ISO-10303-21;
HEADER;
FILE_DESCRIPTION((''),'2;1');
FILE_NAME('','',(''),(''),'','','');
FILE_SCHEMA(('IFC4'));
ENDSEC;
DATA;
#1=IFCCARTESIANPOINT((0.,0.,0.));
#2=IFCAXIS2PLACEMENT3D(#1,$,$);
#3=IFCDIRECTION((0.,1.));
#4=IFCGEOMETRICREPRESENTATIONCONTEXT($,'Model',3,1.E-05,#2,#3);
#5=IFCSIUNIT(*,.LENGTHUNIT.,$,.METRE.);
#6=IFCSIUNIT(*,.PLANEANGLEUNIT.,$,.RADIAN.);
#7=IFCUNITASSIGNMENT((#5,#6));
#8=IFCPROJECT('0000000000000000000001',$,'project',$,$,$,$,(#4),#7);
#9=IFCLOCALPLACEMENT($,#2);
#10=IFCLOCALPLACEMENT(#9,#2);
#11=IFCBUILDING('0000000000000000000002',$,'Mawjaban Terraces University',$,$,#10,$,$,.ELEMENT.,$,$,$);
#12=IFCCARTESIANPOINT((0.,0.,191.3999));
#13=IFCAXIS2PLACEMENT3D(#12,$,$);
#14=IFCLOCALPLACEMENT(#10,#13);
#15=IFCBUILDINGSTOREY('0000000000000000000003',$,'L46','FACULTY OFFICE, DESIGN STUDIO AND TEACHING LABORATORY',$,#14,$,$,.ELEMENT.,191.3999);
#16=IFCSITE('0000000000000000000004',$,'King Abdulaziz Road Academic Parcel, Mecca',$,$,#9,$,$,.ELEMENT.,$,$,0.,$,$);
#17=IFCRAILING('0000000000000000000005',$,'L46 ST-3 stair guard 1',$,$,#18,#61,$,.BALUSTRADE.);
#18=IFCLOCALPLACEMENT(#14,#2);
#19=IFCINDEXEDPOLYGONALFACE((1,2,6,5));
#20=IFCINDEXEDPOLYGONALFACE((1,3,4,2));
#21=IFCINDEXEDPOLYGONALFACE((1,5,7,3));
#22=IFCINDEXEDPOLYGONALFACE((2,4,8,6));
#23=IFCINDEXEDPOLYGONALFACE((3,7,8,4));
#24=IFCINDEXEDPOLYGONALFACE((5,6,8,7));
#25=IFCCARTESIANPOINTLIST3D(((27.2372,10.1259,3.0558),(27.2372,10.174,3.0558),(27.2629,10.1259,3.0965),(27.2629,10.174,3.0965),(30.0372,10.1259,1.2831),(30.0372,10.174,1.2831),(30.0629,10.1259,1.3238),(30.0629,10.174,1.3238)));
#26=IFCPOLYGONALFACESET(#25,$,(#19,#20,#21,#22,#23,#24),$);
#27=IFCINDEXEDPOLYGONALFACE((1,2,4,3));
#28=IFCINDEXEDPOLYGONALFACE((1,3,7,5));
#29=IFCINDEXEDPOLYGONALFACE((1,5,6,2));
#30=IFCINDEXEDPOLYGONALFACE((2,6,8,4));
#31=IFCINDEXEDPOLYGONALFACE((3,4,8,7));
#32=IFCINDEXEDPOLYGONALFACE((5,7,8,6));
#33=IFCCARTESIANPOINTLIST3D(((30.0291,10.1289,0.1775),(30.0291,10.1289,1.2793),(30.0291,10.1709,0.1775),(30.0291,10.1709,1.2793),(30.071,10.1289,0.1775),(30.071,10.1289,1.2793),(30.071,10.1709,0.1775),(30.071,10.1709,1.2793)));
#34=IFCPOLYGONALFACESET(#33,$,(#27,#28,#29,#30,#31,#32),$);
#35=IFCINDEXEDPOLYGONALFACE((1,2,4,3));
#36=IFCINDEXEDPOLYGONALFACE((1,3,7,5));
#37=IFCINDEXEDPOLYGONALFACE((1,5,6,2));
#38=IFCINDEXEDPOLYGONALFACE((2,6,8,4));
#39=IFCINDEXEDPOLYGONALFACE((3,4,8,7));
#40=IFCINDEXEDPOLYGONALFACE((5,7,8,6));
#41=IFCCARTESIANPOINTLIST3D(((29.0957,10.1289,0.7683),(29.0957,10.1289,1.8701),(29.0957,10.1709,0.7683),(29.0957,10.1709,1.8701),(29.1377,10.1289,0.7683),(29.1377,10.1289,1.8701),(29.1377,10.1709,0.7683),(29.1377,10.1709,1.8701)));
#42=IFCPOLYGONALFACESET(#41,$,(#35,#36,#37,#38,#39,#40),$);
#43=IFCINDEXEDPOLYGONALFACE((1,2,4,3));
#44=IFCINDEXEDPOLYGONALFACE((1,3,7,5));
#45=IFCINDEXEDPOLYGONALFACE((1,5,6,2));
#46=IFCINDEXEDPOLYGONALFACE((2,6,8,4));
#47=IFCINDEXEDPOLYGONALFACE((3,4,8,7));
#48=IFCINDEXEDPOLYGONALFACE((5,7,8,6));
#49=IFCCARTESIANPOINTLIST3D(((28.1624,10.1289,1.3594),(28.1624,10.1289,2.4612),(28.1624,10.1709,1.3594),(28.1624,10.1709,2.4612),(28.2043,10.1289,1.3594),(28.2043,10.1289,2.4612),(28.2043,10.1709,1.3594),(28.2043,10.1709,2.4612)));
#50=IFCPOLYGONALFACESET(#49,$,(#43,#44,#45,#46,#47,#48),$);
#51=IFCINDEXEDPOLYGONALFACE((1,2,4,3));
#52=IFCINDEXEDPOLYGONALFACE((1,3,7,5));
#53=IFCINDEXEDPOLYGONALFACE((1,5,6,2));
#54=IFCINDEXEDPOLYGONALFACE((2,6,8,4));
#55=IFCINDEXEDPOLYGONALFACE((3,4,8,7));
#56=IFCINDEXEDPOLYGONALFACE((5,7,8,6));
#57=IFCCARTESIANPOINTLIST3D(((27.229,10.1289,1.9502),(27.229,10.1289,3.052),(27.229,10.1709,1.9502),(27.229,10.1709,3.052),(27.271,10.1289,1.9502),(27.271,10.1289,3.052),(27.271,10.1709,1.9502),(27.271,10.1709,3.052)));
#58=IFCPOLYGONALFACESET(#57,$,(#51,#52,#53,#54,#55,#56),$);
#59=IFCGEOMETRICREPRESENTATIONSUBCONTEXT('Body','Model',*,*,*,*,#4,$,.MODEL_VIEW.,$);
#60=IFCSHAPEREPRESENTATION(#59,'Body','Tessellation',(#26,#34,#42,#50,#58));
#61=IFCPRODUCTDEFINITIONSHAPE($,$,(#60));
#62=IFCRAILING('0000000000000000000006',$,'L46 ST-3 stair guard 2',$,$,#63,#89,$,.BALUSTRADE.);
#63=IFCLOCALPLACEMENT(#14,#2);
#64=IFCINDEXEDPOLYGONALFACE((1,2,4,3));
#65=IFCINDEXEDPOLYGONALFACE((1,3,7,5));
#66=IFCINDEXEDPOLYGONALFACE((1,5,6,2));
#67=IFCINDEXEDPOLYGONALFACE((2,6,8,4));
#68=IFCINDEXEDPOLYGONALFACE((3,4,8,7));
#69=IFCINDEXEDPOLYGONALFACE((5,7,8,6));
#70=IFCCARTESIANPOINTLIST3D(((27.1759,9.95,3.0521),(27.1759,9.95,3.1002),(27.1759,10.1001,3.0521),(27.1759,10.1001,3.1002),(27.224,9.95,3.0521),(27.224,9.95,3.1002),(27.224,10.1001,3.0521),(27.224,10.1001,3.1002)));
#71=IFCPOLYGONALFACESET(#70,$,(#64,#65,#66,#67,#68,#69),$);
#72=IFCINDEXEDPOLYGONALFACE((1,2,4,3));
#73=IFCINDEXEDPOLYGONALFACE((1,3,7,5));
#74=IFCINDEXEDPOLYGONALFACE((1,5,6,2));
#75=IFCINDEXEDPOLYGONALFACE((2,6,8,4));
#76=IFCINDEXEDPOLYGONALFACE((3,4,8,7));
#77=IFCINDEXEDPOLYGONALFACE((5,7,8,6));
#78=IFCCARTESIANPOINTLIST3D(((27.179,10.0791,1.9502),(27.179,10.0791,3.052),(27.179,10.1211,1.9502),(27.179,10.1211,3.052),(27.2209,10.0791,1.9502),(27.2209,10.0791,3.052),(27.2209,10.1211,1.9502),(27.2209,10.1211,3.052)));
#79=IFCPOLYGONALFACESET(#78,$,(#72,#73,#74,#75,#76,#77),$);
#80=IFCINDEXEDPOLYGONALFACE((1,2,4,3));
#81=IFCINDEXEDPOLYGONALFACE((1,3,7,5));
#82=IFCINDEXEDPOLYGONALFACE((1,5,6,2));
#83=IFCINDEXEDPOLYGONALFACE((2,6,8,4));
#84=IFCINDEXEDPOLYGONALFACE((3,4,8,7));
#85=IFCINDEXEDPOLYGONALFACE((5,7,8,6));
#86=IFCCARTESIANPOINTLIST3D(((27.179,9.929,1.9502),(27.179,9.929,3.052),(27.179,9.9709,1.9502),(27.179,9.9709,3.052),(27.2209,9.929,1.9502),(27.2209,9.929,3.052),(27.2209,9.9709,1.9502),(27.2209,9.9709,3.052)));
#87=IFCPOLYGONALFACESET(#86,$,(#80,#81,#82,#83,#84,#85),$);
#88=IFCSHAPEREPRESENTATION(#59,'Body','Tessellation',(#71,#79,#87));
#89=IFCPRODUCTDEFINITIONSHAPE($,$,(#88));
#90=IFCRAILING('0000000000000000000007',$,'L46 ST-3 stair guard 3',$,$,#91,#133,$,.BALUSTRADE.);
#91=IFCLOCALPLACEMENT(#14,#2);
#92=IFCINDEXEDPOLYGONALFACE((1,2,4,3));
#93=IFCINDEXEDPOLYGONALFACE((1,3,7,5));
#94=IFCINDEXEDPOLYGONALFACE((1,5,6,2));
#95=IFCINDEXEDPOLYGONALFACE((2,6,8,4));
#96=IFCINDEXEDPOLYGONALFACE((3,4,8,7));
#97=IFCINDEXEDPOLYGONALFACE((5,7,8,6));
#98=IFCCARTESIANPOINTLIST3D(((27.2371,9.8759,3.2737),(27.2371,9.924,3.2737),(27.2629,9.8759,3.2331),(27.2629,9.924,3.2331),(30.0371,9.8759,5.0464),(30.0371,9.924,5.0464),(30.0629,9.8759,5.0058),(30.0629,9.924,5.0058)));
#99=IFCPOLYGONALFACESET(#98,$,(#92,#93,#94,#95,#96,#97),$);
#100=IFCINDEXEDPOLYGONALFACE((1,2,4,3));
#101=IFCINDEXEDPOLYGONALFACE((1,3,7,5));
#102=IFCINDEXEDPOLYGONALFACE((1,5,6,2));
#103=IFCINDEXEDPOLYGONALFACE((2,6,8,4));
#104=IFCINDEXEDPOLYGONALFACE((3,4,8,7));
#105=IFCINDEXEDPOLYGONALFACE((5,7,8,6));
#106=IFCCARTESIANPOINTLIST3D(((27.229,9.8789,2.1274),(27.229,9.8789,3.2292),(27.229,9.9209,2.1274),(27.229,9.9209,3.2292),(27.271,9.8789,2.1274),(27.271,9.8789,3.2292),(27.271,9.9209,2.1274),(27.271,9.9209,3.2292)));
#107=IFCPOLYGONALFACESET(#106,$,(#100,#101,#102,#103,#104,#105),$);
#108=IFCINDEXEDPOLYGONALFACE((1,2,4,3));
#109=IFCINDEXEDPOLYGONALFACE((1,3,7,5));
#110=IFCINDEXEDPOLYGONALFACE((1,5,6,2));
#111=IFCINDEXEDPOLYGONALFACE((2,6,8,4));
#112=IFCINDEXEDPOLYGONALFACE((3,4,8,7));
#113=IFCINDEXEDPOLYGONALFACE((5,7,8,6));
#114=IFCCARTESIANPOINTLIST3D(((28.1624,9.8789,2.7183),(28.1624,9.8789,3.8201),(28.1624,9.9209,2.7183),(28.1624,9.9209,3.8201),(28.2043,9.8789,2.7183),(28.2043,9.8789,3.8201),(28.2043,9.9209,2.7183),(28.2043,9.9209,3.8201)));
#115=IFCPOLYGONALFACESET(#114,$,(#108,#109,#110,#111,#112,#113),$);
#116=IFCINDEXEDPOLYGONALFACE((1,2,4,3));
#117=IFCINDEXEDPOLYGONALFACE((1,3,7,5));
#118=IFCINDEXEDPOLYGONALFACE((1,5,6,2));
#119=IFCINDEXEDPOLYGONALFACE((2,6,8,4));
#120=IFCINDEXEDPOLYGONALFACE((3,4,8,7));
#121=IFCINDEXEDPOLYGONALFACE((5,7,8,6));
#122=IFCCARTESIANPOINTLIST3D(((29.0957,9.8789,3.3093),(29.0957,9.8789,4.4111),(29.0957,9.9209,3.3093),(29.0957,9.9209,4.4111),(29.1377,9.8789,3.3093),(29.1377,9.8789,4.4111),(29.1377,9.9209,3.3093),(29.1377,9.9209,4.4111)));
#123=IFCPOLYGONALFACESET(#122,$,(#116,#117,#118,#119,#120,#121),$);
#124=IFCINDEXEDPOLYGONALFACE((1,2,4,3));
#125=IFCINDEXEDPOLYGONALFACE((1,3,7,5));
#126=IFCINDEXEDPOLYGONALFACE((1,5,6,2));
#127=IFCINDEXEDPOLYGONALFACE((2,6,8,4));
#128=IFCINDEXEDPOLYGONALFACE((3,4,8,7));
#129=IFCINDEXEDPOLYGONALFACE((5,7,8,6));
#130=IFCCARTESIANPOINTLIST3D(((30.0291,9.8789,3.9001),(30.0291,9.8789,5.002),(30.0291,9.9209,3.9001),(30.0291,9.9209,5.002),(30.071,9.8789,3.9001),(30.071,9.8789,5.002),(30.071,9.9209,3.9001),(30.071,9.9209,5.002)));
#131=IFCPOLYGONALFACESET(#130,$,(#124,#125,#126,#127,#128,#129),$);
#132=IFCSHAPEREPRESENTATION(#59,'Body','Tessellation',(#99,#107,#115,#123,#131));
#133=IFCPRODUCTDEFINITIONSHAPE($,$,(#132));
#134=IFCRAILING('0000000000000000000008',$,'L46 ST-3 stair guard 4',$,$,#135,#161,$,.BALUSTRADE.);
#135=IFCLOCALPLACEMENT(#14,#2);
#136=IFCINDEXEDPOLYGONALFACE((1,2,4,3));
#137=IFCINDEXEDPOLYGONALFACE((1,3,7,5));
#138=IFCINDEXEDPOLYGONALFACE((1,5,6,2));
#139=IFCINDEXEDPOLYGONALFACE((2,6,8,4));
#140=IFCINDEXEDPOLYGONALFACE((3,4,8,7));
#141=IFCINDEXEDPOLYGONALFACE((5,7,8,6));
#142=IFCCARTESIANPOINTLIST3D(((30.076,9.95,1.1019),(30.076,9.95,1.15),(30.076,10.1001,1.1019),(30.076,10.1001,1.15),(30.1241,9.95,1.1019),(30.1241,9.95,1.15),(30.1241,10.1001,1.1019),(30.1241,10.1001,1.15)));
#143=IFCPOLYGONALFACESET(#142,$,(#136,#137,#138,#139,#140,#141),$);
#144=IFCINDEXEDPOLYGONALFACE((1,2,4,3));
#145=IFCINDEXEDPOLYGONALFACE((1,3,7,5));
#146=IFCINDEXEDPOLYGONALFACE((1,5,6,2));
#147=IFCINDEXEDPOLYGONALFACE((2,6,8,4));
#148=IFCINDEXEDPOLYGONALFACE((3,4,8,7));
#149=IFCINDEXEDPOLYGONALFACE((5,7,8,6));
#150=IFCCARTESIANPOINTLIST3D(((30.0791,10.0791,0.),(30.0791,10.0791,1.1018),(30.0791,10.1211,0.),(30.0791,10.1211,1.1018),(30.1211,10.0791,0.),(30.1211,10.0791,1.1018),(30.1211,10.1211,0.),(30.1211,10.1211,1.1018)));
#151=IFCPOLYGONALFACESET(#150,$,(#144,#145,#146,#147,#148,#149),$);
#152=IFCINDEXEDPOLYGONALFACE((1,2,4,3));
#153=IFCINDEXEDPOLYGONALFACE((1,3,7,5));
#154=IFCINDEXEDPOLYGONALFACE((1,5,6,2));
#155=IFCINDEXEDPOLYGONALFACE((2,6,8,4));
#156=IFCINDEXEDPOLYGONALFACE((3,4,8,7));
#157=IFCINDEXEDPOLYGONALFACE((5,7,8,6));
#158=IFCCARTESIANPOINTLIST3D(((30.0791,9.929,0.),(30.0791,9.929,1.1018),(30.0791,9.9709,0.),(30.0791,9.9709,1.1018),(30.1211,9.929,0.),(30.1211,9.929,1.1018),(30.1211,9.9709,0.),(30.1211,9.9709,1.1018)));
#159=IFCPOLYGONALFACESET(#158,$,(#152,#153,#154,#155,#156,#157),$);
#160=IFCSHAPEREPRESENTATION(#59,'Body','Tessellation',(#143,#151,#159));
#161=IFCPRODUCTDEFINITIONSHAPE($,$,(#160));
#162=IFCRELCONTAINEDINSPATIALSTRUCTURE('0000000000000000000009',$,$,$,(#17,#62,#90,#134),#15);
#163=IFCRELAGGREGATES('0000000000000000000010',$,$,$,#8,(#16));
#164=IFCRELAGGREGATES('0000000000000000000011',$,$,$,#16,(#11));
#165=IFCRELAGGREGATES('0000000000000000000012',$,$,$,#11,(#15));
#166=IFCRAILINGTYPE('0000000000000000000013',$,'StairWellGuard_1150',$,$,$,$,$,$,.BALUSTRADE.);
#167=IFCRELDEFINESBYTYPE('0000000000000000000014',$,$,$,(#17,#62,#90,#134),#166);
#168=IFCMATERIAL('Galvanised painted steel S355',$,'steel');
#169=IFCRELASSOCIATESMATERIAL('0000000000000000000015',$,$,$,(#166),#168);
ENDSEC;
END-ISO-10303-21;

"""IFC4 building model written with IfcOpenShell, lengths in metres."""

from ifc_helpers import new_model, si_unit, direction, frame, origin, origin_2d, place, context, subcontext, project, spatial, rectangle, extrude, material, type_object, element, save


model = new_model("IFC4")

# Units and contexts
model_context = context("Model", 3, precision=1e-05, world=origin(), true_north=direction((0.0, 1.0)))
body_context = subcontext(model_context, "Body", "Model", "MODEL_VIEW")
ifc_project = project(units=[si_unit("LENGTHUNIT", "METRE"), si_unit("PLANEANGLEUNIT", "RADIAN")], contexts=[model_context])

# Site, building, storey
site_placement = place(None, origin())
site = spatial("IfcSite", under=ifc_project, at=site_placement, Name="King Abdulaziz Road Academic Parcel, Mecca", CompositionType="ELEMENT", RefElevation=0.0)
building_placement = place(site_placement, origin())
building = spatial("IfcBuilding", under=site, at=building_placement, Name="Mawjaban Terraces University", CompositionType="ELEMENT")
storey_placement = place(building_placement, frame((0.0, 0.0, 191.3999)))
storey = spatial("IfcBuildingStorey", under=building, at=storey_placement, Name="L46", Description="FACULTY OFFICE, DESIGN STUDIO AND TEACHING LABORATORY", CompositionType="ELEMENT", Elevation=191.3999)

# Railings
ifc_material_1 = material(Name="Galvanised painted steel S355", Category="steel")
railing_type_1 = type_object("IfcRailingType", Name="StairWellGuard_1150", PredefinedType="BALUSTRADE", material=ifc_material_1)
railing_1_placement = place(storey_placement, frame((30.05, 10.1499, 0.1775)))
element("IfcRailing", 1, at=railing_1_placement, inside=storey, type_object=railing_type_1, Name="L46 ST-3 stair guard 1", PredefinedType="BALUSTRADE", context=body_context, shape_type="SweptSolid", body=[
    extrude(rectangle(XDim=0.0481, YDim=0.0481, at=origin_2d()), frame((0.0, 0.0, 1.126), z_axis=(-0.844909, 0.0, 0.53491), x_axis=(0.0, -1.0, 0.0)), (0.0, 0.0, 1.0), 3.314),
    extrude(rectangle(XDim=0.042, YDim=0.042, at=origin_2d()), origin(), (0.0, 0.0, 1.0), 1.1018),
    extrude(rectangle(XDim=0.042, YDim=0.042, at=origin_2d()), frame((-0.9333, 0.0, 0.5908)), (0.0, 0.0, 1.0), 1.1018),
    extrude(rectangle(XDim=0.042, YDim=0.042, at=origin_2d()), frame((-1.8667, 0.0, 1.1819)), (0.0, 0.0, 1.0), 1.1018),
    extrude(rectangle(XDim=0.042, YDim=0.042, at=origin_2d()), frame((-2.8, 0.0, 1.7727)), (0.0, 0.0, 1.0), 1.1018),
])
railing_2_placement = place(storey_placement, frame((27.2, 10.1001, 1.9502)))
element("IfcRailing", 2, at=railing_2_placement, inside=storey, type_object=railing_type_1, Name="L46 ST-3 stair guard 2", PredefinedType="BALUSTRADE", context=body_context, shape_type="SweptSolid", body=[
    extrude(rectangle(XDim=0.0481, YDim=0.0481, at=origin_2d()), frame((0.0, 0.0, 1.126), z_axis=(0.0, -1.0, 0.0), x_axis=(1.0, 0.0, 0.0)), (0.0, 0.0, 1.0), 0.1501),
    extrude(rectangle(XDim=0.042, YDim=0.042, at=origin_2d()), origin(), (0.0, 0.0, 1.0), 1.1018),
    extrude(rectangle(XDim=0.042, YDim=0.042, at=origin_2d()), frame((0.0, -0.1501, 0.0)), (0.0, 0.0, 1.0), 1.1018),
])
railing_3_placement = place(storey_placement, frame((27.25, 9.8999, 2.1274)))
element("IfcRailing", 3, at=railing_3_placement, inside=storey, type_object=railing_type_1, Name="L46 ST-3 stair guard 3", PredefinedType="BALUSTRADE", context=body_context, shape_type="SweptSolid", body=[
    extrude(rectangle(XDim=0.0481, YDim=0.0481, at=origin_2d()), frame((0.0, 0.0, 1.126), z_axis=(0.844909, 0.0, 0.53491), x_axis=(0.0, 1.0, 0.0)), (0.0, 0.0, 1.0), 3.314),
    extrude(rectangle(XDim=0.042, YDim=0.042, at=origin_2d()), origin(), (0.0, 0.0, 1.0), 1.1018),
    extrude(rectangle(XDim=0.042, YDim=0.042, at=origin_2d()), frame((0.9333, 0.0, 0.5908)), (0.0, 0.0, 1.0), 1.1018),
    extrude(rectangle(XDim=0.042, YDim=0.042, at=origin_2d()), frame((1.8667, 0.0, 1.1819)), (0.0, 0.0, 1.0), 1.1018),
    extrude(rectangle(XDim=0.042, YDim=0.042, at=origin_2d()), frame((2.8, 0.0, 1.7727)), (0.0, 0.0, 1.0), 1.1018),
])
railing_4_placement = place(storey_placement, frame((30.1001, 10.1001, 0.0)))
element("IfcRailing", 4, at=railing_4_placement, inside=storey, type_object=railing_type_1, Name="L46 ST-3 stair guard 4", PredefinedType="BALUSTRADE", context=body_context, shape_type="SweptSolid", body=[
    extrude(rectangle(XDim=0.0481, YDim=0.0481, at=origin_2d()), frame((0.0, 0.0, 1.126), z_axis=(0.0, -1.0, 0.0), x_axis=(1.0, 0.0, 0.0)), (0.0, 0.0, 1.0), 0.1501),
    extrude(rectangle(XDim=0.042, YDim=0.042, at=origin_2d()), origin(), (0.0, 0.0, 1.0), 1.1018),
    extrude(rectangle(XDim=0.042, YDim=0.042, at=origin_2d()), frame((0.0, -0.1501, 0.0)), (0.0, 0.0, 1.0), 1.1018),
])

save(model, "model.ifc")
